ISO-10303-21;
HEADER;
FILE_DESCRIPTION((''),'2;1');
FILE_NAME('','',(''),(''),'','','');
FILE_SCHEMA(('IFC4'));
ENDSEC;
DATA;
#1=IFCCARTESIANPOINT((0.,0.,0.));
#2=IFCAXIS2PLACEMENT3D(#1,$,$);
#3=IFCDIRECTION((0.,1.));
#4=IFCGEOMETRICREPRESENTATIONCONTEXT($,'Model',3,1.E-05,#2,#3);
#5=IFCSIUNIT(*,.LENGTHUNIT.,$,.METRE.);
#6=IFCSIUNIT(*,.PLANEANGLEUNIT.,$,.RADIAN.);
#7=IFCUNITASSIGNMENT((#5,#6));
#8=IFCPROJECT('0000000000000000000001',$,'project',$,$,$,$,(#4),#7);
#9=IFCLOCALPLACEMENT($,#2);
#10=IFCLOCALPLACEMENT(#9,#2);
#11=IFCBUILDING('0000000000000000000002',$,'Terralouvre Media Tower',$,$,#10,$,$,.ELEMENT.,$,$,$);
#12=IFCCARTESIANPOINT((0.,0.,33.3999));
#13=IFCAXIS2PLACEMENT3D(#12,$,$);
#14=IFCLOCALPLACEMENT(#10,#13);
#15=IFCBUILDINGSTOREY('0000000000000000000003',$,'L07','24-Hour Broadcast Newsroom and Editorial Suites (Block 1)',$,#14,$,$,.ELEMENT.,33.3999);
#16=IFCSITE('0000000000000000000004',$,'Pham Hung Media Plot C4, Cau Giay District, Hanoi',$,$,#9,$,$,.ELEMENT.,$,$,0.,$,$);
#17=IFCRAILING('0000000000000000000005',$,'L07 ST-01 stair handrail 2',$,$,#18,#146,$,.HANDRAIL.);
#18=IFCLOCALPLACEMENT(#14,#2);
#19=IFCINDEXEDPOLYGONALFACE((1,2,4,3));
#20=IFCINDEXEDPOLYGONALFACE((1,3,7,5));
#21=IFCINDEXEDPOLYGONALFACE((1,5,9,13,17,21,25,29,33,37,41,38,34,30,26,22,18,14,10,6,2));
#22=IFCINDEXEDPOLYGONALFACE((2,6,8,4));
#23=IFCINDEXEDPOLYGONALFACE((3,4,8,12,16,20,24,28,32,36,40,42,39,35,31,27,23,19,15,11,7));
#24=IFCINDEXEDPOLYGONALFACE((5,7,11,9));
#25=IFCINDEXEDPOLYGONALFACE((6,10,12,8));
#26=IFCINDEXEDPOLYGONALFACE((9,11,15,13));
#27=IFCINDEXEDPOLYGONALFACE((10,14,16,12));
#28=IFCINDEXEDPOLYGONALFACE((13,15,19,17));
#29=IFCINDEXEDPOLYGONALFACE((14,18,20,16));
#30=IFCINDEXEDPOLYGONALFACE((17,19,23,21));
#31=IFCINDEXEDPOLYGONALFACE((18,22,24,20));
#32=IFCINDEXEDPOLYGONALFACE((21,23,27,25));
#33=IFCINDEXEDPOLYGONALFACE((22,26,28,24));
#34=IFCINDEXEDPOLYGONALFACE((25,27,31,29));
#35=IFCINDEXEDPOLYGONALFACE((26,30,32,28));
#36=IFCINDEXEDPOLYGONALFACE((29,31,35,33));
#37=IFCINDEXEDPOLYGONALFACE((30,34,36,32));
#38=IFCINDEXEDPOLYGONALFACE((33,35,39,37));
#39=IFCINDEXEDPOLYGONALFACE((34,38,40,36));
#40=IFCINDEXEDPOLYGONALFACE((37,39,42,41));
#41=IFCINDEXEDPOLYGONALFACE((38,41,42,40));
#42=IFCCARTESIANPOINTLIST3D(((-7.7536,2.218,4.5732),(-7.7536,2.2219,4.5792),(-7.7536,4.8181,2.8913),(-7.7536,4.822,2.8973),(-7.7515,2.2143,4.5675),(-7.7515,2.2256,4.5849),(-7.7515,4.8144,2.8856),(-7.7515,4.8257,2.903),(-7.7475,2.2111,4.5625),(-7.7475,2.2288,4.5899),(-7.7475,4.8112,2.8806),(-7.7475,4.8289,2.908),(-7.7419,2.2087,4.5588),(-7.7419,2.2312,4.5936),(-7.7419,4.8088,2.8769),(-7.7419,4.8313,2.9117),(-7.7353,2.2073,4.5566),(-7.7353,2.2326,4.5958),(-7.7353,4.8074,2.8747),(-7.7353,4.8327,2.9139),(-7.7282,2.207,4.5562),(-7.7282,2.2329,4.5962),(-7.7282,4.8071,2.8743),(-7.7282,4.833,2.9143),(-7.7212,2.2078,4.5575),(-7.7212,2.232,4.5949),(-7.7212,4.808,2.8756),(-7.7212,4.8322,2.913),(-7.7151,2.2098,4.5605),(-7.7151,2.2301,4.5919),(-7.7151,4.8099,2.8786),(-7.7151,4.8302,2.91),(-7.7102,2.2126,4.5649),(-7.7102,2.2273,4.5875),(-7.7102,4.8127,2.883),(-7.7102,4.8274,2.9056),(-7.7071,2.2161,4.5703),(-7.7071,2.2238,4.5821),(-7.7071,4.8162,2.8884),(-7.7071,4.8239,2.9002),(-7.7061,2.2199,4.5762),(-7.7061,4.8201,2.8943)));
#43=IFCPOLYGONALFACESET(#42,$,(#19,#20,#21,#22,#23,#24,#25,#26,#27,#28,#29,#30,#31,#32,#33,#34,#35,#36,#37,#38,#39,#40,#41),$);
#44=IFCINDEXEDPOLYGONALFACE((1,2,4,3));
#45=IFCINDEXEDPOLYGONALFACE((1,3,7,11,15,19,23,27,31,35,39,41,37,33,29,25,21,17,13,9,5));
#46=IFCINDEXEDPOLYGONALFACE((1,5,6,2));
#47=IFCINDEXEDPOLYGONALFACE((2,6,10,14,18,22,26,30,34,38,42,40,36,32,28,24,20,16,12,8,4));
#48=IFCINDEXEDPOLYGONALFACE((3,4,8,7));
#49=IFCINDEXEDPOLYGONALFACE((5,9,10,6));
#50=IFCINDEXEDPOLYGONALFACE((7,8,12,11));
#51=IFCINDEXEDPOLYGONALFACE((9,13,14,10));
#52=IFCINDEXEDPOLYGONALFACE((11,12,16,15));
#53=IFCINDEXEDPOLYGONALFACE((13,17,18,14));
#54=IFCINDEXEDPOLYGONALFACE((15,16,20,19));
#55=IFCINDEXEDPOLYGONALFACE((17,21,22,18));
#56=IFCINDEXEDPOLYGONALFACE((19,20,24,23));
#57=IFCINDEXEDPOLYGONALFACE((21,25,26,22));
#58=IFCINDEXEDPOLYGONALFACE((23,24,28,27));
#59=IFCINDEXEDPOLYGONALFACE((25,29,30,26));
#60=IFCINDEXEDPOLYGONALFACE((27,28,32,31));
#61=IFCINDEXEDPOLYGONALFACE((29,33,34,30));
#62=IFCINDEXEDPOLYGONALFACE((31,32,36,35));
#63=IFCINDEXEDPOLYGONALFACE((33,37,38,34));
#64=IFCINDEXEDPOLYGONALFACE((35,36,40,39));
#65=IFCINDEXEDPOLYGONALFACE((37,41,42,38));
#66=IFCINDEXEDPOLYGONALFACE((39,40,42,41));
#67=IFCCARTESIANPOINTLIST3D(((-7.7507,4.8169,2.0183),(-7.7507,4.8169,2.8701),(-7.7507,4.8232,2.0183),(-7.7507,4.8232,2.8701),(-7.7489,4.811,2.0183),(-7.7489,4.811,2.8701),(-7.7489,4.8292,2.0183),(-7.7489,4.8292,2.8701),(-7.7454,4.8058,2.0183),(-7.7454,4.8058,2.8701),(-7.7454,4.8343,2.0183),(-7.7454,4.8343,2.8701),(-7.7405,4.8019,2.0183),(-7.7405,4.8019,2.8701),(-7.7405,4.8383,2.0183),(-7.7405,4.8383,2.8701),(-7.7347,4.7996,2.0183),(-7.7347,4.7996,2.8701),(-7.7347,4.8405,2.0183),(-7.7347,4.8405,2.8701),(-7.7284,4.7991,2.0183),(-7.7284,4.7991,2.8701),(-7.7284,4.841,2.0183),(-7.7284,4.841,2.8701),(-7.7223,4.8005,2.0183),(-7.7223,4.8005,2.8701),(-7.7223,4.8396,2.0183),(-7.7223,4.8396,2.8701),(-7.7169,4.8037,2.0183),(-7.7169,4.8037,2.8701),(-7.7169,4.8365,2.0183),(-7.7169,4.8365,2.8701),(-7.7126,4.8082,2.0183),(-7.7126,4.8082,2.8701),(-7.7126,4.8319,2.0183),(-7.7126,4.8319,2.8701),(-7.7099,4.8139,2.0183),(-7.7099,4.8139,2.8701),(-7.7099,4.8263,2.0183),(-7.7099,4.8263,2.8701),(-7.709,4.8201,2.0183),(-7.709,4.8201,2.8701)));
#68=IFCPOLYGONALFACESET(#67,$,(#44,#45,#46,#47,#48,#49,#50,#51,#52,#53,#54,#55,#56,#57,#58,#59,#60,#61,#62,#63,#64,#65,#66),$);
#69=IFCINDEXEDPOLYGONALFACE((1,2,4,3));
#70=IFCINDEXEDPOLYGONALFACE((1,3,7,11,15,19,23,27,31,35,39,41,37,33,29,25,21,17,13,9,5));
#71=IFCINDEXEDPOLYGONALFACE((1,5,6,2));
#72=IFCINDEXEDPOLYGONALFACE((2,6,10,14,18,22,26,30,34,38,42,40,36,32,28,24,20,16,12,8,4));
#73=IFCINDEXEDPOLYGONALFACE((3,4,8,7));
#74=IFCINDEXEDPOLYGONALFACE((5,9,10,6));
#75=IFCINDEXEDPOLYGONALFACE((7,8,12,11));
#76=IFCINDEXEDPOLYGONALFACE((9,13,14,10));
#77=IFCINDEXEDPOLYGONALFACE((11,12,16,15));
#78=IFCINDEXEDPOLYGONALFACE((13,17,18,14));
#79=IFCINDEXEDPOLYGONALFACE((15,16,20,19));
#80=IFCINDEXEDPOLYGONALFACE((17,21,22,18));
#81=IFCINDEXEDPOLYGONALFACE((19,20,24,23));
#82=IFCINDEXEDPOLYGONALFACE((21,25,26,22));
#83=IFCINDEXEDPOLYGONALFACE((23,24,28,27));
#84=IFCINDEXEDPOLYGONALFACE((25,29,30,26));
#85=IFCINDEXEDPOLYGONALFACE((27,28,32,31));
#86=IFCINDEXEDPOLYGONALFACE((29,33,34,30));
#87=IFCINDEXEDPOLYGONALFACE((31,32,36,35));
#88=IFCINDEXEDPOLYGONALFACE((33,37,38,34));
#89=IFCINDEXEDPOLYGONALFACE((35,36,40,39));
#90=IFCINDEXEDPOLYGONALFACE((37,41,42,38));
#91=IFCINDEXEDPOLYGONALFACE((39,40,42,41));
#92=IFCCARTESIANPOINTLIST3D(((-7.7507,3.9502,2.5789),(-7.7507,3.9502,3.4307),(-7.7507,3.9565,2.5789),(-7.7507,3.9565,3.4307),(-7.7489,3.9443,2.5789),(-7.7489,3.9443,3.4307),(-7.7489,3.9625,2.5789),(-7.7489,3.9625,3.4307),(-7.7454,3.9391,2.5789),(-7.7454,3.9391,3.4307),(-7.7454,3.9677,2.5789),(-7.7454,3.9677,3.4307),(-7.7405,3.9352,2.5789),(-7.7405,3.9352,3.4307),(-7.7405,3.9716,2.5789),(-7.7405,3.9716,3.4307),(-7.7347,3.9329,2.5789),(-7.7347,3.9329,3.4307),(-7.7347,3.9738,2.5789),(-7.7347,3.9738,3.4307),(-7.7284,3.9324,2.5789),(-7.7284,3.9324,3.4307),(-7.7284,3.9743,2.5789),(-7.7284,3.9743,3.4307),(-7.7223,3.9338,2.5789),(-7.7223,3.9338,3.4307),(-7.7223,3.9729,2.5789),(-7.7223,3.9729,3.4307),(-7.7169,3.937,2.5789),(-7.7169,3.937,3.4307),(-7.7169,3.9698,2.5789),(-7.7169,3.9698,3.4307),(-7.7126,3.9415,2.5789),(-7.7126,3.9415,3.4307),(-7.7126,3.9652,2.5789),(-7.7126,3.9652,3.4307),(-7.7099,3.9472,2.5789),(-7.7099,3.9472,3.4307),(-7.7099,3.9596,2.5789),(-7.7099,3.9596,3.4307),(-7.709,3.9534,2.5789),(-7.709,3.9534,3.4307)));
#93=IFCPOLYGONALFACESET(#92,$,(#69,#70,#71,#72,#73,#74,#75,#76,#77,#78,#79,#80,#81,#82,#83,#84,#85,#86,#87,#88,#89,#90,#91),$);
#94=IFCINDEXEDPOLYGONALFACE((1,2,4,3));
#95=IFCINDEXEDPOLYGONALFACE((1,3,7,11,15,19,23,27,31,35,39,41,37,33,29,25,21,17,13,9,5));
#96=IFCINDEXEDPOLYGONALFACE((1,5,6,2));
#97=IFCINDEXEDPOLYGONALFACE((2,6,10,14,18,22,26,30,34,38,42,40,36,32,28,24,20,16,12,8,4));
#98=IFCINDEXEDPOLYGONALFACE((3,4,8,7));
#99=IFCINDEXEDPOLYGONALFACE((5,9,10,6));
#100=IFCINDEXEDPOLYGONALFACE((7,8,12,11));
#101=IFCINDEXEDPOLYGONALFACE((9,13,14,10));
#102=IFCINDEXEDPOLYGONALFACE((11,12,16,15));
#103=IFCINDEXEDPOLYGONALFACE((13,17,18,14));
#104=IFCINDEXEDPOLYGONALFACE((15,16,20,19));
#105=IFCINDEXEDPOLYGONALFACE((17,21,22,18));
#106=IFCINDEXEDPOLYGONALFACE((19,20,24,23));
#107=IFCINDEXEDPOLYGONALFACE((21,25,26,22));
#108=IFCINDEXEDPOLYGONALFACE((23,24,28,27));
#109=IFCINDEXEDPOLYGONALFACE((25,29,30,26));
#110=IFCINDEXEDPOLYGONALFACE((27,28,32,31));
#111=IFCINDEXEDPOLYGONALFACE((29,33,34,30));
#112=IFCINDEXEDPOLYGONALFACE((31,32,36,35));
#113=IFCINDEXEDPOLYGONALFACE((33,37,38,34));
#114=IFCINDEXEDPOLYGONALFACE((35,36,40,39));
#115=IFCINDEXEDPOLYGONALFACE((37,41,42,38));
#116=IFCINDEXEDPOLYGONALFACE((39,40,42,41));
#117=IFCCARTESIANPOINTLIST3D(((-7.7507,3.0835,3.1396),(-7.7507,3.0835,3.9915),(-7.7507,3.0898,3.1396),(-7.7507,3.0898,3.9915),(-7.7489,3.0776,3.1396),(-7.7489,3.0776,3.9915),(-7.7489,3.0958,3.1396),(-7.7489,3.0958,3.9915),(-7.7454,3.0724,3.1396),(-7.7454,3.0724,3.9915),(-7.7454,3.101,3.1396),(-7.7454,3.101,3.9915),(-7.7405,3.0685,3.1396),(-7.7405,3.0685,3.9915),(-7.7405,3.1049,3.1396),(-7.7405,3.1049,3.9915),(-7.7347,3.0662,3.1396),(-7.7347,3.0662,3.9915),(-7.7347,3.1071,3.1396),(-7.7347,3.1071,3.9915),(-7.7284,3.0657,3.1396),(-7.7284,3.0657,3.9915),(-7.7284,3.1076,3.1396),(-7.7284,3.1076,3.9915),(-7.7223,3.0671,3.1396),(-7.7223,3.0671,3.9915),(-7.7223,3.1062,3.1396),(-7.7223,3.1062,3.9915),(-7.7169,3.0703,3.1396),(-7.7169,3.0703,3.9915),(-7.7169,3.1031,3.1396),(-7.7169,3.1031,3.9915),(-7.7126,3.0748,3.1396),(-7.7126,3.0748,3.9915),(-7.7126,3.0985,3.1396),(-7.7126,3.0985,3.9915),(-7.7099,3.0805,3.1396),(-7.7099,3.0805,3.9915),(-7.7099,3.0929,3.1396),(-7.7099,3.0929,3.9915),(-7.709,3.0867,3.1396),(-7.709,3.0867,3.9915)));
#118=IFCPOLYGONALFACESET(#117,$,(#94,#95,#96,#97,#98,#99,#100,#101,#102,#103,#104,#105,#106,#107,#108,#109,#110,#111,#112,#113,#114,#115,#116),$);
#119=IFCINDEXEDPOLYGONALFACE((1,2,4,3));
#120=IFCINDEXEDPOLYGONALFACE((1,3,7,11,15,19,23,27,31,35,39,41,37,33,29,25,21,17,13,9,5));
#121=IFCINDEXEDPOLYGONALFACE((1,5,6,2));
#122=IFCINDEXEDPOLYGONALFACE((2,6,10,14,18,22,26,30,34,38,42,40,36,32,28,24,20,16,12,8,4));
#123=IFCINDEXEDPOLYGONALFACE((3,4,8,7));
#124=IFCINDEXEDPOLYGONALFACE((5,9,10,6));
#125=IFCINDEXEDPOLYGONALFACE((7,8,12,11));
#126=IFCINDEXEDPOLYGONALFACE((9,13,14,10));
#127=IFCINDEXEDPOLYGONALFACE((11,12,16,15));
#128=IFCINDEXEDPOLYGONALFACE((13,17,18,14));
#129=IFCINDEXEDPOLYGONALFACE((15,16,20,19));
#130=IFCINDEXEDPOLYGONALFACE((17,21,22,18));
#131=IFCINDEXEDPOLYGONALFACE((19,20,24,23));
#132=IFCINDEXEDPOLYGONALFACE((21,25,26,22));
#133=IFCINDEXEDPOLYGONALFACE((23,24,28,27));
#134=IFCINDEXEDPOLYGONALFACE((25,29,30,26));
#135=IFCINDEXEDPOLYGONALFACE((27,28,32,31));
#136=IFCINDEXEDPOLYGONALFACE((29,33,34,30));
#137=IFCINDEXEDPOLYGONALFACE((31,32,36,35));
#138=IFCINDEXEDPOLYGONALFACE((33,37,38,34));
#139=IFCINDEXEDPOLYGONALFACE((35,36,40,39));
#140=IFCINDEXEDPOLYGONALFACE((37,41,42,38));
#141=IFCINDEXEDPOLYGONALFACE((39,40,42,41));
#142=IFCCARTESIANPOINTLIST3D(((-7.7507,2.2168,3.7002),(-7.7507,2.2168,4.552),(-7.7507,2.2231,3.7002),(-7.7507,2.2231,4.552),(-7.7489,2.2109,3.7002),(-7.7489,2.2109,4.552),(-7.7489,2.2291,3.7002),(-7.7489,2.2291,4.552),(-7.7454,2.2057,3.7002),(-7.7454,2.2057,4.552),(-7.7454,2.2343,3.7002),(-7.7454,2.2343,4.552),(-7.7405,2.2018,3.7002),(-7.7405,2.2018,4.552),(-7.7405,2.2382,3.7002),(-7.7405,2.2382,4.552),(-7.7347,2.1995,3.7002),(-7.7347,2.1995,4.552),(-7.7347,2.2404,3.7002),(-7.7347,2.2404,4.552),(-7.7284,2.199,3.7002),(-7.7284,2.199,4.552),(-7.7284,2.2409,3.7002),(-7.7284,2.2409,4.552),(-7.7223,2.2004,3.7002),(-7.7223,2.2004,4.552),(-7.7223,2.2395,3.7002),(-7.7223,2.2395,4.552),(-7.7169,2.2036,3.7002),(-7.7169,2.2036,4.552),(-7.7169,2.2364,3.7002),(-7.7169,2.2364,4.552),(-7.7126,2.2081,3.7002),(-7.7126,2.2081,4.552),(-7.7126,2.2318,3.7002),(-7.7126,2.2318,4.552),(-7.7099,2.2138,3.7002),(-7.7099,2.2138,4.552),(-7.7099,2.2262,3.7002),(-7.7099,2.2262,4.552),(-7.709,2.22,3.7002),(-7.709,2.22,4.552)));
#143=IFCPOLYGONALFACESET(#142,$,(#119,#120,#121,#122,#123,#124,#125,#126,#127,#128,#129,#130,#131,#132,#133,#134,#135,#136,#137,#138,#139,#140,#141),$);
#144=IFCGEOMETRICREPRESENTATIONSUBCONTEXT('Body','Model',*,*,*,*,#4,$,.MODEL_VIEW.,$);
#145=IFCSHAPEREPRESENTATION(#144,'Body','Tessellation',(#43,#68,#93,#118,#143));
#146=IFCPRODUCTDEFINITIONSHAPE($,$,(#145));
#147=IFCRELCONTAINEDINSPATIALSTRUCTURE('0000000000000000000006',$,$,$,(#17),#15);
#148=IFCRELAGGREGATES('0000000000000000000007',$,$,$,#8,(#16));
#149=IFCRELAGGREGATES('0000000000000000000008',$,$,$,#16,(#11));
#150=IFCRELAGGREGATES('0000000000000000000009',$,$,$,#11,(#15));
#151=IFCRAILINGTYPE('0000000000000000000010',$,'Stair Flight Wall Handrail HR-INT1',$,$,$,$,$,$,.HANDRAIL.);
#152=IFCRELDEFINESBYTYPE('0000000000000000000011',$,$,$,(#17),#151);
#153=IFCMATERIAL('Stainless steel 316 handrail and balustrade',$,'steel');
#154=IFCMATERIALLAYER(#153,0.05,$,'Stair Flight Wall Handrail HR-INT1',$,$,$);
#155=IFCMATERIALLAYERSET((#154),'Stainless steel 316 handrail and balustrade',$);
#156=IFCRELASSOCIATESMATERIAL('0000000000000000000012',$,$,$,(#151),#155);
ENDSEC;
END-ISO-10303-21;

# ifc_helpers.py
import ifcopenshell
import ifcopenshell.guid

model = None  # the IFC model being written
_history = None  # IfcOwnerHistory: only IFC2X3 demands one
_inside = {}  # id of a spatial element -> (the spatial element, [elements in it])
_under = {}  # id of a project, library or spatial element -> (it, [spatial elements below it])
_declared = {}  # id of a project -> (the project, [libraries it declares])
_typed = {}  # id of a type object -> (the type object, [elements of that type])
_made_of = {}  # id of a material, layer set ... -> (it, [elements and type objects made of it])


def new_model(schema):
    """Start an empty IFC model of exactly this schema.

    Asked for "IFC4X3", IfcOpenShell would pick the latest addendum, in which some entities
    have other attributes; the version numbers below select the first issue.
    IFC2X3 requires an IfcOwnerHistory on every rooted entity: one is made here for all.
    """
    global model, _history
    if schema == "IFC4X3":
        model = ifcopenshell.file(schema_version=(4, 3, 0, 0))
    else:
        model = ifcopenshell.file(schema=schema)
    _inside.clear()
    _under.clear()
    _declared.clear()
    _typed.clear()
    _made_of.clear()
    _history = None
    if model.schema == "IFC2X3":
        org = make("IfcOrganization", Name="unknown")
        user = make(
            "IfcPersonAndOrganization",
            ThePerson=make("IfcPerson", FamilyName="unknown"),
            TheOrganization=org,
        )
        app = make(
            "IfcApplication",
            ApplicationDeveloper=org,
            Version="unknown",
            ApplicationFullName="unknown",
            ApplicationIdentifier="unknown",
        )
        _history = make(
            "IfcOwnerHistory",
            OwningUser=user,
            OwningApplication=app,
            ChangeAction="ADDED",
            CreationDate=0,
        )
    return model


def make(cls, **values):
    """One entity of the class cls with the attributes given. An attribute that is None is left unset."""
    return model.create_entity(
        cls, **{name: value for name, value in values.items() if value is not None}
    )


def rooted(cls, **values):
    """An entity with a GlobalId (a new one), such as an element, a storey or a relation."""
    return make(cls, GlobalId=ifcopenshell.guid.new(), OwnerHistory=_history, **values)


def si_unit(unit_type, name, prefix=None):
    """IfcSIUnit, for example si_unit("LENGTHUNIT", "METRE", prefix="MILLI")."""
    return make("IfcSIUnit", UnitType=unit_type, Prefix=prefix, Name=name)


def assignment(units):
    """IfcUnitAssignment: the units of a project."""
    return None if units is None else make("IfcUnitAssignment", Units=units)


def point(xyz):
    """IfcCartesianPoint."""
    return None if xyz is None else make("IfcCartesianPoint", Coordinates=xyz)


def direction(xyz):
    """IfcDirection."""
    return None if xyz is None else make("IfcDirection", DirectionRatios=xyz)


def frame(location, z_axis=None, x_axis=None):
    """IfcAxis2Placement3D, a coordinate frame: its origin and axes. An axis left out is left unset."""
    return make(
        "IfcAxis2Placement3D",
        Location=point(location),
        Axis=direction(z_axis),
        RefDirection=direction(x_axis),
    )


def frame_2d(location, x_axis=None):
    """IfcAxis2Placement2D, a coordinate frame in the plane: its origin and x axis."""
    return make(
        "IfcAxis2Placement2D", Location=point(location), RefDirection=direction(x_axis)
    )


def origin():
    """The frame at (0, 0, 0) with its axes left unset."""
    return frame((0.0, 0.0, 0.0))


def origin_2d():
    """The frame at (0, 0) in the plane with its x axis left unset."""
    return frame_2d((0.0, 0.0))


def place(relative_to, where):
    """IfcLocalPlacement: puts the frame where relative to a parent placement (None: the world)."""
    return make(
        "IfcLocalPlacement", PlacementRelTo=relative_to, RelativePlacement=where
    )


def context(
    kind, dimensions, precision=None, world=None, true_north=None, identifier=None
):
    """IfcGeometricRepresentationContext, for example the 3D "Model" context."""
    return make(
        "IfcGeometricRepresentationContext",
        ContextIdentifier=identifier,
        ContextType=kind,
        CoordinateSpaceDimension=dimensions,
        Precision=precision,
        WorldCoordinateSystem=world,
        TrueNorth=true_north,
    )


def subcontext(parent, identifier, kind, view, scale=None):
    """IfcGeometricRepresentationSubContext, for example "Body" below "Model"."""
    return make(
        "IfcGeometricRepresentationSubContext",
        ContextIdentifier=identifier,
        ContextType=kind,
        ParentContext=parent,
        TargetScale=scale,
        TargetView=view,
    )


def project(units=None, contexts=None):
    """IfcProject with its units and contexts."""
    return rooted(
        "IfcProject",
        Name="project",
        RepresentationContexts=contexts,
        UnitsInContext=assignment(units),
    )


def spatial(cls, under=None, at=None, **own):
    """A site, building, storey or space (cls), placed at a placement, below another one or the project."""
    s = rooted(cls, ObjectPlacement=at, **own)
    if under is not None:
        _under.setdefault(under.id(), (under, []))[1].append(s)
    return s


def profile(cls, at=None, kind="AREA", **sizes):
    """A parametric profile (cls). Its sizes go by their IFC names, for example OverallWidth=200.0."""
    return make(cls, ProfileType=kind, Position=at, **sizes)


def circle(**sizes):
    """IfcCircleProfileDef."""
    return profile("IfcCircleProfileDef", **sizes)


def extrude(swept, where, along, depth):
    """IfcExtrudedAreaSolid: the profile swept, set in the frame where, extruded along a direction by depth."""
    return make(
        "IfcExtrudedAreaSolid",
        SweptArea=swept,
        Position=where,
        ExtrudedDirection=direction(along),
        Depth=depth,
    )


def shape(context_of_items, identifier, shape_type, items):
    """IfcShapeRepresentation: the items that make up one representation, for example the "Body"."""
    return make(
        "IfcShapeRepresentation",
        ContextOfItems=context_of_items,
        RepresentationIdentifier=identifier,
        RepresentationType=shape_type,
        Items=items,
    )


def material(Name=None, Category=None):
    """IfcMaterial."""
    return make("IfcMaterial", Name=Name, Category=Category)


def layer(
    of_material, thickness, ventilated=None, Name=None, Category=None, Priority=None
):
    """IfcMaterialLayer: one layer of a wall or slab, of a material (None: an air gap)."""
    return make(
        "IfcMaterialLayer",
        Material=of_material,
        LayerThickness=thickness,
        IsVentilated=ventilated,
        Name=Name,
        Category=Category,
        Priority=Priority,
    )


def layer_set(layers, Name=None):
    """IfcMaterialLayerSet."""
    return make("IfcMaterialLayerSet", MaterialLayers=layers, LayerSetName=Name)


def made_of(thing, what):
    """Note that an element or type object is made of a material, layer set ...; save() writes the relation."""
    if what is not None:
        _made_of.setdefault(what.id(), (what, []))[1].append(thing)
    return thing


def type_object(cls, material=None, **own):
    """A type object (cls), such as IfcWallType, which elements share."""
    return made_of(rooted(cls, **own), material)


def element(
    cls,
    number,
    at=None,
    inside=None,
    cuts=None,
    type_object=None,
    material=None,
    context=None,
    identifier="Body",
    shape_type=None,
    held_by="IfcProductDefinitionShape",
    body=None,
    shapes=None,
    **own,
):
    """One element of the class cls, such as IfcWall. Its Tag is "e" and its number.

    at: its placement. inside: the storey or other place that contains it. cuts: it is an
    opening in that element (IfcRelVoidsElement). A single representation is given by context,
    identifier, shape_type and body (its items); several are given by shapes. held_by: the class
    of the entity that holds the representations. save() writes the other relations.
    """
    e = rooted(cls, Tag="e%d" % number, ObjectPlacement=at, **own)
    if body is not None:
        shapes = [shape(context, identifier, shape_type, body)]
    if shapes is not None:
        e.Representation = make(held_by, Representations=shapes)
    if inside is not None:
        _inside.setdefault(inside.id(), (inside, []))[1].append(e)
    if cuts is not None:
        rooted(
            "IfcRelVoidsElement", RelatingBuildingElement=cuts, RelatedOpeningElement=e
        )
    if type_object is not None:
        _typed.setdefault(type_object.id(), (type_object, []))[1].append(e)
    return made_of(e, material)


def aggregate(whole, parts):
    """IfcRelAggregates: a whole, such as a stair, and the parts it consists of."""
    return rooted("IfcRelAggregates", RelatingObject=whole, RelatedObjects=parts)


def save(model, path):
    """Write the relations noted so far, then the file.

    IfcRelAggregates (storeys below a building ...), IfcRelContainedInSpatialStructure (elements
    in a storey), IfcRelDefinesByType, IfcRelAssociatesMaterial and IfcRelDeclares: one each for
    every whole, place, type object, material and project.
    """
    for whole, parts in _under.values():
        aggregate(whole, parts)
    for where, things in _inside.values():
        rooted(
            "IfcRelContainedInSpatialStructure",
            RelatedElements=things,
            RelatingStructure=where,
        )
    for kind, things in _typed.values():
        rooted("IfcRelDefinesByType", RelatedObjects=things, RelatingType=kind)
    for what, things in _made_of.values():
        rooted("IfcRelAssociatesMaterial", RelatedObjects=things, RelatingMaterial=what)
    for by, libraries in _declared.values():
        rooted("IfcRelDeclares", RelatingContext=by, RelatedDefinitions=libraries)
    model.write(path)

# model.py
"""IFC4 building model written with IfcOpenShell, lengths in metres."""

from ifc_helpers import new_model, si_unit, direction, frame, origin, origin_2d, place, context, subcontext, project, spatial, circle, extrude, material, layer, layer_set, type_object, element, save


model = new_model("IFC4")

# Units and contexts
model_context = context("Model", 3, precision=1e-05, world=origin(), true_north=direction((0.0, 1.0)))
body_context = subcontext(model_context, "Body", "Model", "MODEL_VIEW")
ifc_project = project(units=[si_unit("LENGTHUNIT", "METRE"), si_unit("PLANEANGLEUNIT", "RADIAN")], contexts=[model_context])

# Site, building, storey
site_placement = place(None, origin())
site = spatial("IfcSite", under=ifc_project, at=site_placement, Name="Pham Hung Media Plot C4, Cau Giay District, Hanoi", CompositionType="ELEMENT", RefElevation=0.0)
building_placement = place(site_placement, origin())
building = spatial("IfcBuilding", under=site, at=building_placement, Name="Terralouvre Media Tower", CompositionType="ELEMENT")
storey_placement = place(building_placement, frame((0.0, 0.0, 33.3999)))
storey = spatial("IfcBuildingStorey", under=building, at=storey_placement, Name="L07", Description="24-Hour Broadcast Newsroom and Editorial Suites (Block 1)", CompositionType="ELEMENT", Elevation=33.3999)

# Railing
ifc_material_1 = material(Name="Stainless steel 316 handrail and balustrade", Category="steel")
ifc_layer_1 = layer(ifc_material_1, 0.05, Name="Stair Flight Wall Handrail HR-INT1")
ifc_layer_set_1 = layer_set([ifc_layer_1], Name="Stainless steel 316 handrail and balustrade")
railing_type_1 = type_object("IfcRailingType", Name="Stair Flight Wall Handrail HR-INT1", PredefinedType="HANDRAIL", material=ifc_layer_set_1)
railing_1_placement = place(storey_placement, frame((-7.73, 4.8201, 2.0183)))
element("IfcRailing", 1, at=railing_1_placement, inside=storey, type_object=railing_type_1, Name="L07 ST-01 stair handrail 2", PredefinedType="HANDRAIL", context=body_context, shape_type="SweptSolid", body=[
    extrude(circle(Radius=0.0239, at=origin_2d()), frame((0.0, 0.0, 0.876), z_axis=(0.0, -0.839648, 0.54313), x_axis=(1.0, 0.0, 0.0)), (0.0, 0.0, 1.0), 3.0967),
    extrude(circle(Radius=0.021, at=origin_2d()), origin(), (0.0, 0.0, 1.0), 0.8518),
    extrude(circle(Radius=0.021, at=origin_2d()), frame((0.0, -0.8667, 0.5605)), (0.0, 0.0, 1.0), 0.8518),
    extrude(circle(Radius=0.021, at=origin_2d()), frame((0.0, -1.7334, 1.1213)), (0.0, 0.0, 1.0), 0.8518),
    extrude(circle(Radius=0.021, at=origin_2d()), frame((0.0, -2.6001, 1.6819)), (0.0, 0.0, 1.0), 0.8518),
])

save(model, "model.ifc")
